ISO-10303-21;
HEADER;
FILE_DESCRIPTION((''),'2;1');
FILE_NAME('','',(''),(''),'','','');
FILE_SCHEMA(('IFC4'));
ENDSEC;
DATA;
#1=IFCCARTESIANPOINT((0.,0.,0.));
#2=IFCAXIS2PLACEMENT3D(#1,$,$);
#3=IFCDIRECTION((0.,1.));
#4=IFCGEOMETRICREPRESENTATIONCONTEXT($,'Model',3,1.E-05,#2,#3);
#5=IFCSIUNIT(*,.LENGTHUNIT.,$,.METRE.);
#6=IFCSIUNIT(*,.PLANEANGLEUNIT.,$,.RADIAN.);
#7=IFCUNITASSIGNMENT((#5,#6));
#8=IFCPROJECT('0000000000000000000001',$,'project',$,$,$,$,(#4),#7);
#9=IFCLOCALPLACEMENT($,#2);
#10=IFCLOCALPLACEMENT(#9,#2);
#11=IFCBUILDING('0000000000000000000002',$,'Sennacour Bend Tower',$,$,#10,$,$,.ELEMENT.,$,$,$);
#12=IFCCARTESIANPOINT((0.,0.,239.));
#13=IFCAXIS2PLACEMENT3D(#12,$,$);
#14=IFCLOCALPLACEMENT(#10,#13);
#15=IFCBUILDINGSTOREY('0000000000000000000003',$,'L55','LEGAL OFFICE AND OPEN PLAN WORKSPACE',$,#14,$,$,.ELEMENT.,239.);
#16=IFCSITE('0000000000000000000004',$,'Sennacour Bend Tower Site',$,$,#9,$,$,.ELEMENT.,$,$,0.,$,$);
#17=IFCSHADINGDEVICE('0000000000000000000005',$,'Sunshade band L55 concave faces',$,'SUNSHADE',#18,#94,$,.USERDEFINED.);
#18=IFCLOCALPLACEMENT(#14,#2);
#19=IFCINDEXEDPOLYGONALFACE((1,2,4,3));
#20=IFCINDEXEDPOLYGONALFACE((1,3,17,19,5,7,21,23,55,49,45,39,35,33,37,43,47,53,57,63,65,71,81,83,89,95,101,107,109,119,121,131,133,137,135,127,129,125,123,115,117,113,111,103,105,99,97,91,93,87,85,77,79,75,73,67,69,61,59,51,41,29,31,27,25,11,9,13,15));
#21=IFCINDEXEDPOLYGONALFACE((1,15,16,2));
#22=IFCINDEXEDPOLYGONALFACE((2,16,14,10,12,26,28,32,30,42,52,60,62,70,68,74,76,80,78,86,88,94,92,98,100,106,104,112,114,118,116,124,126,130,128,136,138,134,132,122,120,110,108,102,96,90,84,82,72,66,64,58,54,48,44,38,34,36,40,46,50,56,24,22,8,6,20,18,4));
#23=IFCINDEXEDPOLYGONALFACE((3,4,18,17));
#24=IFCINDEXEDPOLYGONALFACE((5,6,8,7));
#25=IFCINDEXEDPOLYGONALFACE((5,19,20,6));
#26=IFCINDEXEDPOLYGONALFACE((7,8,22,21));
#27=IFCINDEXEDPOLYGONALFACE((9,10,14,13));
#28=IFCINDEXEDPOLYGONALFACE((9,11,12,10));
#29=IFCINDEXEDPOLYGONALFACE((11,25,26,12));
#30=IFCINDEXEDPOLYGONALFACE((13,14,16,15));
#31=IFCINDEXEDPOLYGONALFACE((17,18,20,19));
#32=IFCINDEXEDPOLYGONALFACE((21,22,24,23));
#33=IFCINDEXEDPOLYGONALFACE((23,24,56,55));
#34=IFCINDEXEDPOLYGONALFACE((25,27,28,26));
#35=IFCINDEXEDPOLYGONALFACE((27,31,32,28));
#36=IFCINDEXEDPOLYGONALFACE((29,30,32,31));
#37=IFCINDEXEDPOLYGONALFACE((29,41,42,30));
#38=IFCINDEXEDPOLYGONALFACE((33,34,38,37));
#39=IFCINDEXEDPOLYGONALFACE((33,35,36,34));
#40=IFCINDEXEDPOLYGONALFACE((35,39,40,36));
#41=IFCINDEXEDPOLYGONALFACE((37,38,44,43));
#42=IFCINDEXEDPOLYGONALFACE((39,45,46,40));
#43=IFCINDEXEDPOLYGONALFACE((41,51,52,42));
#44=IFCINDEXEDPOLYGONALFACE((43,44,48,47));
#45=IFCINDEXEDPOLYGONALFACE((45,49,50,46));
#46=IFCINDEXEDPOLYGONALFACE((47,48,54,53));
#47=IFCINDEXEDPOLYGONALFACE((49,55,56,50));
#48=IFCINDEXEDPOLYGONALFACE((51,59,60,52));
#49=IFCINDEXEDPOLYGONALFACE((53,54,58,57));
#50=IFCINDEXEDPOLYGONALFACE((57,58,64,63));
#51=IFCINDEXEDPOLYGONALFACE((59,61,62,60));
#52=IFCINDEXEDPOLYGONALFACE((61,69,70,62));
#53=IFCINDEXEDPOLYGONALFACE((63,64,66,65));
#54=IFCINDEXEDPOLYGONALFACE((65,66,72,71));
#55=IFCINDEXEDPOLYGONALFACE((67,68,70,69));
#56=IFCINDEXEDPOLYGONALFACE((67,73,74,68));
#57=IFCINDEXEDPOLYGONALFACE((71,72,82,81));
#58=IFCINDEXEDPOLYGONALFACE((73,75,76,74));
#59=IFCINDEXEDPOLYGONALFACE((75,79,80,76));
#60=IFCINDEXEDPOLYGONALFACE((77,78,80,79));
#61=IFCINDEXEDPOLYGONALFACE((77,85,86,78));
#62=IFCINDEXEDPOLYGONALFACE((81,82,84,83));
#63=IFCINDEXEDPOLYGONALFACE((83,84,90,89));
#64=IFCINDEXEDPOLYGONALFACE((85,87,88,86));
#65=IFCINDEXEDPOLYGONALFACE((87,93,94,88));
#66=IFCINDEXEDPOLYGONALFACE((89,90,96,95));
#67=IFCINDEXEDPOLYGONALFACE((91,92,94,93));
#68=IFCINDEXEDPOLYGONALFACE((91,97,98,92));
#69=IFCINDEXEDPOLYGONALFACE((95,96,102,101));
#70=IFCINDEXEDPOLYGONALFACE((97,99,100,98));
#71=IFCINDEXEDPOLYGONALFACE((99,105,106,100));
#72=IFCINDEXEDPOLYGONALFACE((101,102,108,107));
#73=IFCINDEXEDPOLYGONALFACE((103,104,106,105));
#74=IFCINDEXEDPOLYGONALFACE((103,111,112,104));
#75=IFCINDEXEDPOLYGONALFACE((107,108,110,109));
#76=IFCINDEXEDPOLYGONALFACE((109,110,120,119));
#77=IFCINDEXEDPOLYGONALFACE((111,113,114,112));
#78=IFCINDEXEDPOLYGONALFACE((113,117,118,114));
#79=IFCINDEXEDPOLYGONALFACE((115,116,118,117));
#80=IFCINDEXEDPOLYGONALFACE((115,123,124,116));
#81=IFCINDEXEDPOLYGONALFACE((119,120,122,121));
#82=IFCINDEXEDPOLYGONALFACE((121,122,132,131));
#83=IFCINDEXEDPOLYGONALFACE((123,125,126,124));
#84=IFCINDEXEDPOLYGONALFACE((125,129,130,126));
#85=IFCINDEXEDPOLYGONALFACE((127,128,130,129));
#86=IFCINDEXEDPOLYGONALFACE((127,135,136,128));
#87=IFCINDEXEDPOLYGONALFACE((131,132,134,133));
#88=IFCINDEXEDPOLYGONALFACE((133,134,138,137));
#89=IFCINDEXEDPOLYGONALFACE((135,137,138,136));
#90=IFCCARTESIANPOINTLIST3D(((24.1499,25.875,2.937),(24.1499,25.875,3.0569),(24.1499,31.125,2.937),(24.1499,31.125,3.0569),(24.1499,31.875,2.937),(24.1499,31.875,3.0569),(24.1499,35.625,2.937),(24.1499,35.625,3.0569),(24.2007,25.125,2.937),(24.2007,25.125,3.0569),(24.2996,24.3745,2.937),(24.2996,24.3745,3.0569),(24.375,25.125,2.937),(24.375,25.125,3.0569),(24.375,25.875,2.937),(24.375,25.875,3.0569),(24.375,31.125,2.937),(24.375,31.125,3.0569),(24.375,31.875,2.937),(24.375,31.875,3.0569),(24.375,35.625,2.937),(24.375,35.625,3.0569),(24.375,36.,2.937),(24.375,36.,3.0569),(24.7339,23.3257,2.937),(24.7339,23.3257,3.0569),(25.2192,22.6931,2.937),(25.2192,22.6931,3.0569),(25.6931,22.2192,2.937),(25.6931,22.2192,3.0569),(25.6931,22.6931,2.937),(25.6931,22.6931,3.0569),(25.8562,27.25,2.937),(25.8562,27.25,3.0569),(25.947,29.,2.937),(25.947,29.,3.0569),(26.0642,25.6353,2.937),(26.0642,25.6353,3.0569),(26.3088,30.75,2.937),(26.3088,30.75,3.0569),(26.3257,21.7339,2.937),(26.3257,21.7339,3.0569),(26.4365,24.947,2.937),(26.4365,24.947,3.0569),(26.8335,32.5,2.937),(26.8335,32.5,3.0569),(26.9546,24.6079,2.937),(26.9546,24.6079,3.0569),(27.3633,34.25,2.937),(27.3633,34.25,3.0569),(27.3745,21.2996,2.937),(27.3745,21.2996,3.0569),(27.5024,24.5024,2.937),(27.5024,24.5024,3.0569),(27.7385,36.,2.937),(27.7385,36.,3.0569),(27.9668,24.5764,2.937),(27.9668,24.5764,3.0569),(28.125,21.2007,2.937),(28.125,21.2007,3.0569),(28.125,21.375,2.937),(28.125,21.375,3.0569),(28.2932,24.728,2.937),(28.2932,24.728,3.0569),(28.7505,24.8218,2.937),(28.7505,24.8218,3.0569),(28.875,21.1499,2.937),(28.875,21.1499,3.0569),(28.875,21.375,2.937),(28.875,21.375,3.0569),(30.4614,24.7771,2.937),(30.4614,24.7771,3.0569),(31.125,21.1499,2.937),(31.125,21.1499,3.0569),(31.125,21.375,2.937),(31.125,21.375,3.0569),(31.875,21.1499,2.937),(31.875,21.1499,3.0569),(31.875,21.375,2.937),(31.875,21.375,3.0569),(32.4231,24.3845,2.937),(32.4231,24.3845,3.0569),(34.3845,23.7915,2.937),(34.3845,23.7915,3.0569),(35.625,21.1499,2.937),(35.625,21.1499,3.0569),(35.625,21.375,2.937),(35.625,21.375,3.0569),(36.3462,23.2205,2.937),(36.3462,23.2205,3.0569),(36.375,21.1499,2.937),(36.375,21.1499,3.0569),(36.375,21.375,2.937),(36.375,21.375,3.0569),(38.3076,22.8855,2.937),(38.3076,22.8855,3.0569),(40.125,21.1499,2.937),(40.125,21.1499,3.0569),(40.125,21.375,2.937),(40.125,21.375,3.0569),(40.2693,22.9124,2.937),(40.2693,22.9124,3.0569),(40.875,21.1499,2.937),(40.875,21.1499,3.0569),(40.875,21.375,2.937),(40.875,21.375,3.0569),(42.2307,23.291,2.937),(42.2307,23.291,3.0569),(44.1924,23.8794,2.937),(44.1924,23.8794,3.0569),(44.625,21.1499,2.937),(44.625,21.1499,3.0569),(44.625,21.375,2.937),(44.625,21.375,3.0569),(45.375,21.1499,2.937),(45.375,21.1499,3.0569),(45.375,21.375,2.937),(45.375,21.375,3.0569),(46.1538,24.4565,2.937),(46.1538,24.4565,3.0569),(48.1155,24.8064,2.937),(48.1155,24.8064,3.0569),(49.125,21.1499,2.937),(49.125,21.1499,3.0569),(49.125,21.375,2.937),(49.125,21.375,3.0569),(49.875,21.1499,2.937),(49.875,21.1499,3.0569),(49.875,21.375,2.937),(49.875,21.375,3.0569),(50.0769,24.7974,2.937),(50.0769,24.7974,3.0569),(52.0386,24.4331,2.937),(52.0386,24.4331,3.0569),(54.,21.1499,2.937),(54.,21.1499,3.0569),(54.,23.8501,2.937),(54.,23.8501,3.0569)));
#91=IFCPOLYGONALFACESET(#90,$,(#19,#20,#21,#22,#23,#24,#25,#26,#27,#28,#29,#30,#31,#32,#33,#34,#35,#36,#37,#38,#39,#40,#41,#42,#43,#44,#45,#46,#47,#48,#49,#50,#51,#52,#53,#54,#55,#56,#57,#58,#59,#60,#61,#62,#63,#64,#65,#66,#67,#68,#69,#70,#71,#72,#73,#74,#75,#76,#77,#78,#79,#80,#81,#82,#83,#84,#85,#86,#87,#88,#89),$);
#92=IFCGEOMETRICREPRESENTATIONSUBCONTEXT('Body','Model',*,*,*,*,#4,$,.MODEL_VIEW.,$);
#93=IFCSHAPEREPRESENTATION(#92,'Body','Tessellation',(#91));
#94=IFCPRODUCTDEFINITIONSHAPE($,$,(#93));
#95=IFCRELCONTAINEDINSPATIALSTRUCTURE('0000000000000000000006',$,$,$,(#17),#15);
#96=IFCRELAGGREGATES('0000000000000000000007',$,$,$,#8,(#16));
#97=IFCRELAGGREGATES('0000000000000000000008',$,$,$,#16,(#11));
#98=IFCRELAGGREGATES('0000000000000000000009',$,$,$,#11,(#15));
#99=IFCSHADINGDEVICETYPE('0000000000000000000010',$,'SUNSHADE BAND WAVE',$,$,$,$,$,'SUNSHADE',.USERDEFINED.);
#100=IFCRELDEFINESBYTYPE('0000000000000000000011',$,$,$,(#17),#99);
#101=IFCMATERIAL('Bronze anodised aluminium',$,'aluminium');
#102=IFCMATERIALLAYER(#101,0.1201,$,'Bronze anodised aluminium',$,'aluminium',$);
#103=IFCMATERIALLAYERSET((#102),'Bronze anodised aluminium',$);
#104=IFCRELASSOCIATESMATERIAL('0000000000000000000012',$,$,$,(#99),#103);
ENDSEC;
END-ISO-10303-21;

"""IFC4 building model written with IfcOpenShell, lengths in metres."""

from ifc_helpers import new_model, si_unit, direction, frame, origin, place, context, subcontext, project, spatial, polyline, outline, extrude, material, layer, layer_set, type_object, element, save


model = new_model("IFC4")

# Units and contexts
model_context = context("Model", 3, precision=1e-05, world=origin(), true_north=direction((0.0, 1.0)))
body_context = subcontext(model_context, "Body", "Model", "MODEL_VIEW")
ifc_project = project(units=[si_unit("LENGTHUNIT", "METRE"), si_unit("PLANEANGLEUNIT", "RADIAN")], contexts=[model_context])

# Site, building, storey
site_placement = place(None, origin())
site = spatial("IfcSite", under=ifc_project, at=site_placement, Name="Sennacour Bend Tower Site", CompositionType="ELEMENT", RefElevation=0.0)
building_placement = place(site_placement, origin())
building = spatial("IfcBuilding", under=site, at=building_placement, Name="Sennacour Bend Tower", CompositionType="ELEMENT")
storey_placement = place(building_placement, frame((0.0, 0.0, 239.0)))
storey = spatial("IfcBuildingStorey", under=building, at=storey_placement, Name="L55", Description="LEGAL OFFICE AND OPEN PLAN WORKSPACE", CompositionType="ELEMENT", Elevation=239.0)

# Shading device
ifc_material_1 = material(Name="Bronze anodised aluminium", Category="aluminium")
ifc_layer_1 = layer(ifc_material_1, 0.1201, Name="Bronze anodised aluminium", Category="aluminium")
ifc_layer_set_1 = layer_set([ifc_layer_1], Name="Bronze anodised aluminium")
shading_device_type_1 = type_object("IfcShadingDeviceType", Name="SUNSHADE BAND WAVE", ElementType="SUNSHADE", PredefinedType="USERDEFINED", material=ifc_layer_set_1)
shading_device_1_placement = place(storey_placement, frame((0.0, 0.0, 2.937)))
element("IfcShadingDevice", 1, at=shading_device_1_placement, inside=storey, type_object=shading_device_type_1, Name="Sunshade band L55 concave faces", ObjectType="SUNSHADE", PredefinedType="USERDEFINED", context=body_context, shape_type="SweptSolid", body=[
    extrude(outline(polyline([(54.0, 21.1499), (49.875, 21.1499), (49.875, 21.375), (49.125, 21.375), (49.125, 21.1499), (45.375, 21.1499), (45.375, 21.375), (44.625, 21.375), (44.625, 21.1499), (40.875, 21.1499), (40.875, 21.375), (40.125, 21.375), (40.125, 21.1499), (36.375, 21.1499), (36.375, 21.375), (35.625, 21.375), (35.625, 21.1499), (31.875, 21.1499), (31.875, 21.375), (31.125, 21.375), (31.125, 21.1499), (28.875, 21.1499), (28.875, 21.375), (28.125, 21.375), (28.125, 21.2007), (27.3745, 21.2996), (26.3257, 21.7339), (25.6931, 22.2192), (25.6931, 22.6931), (25.2192, 22.6931), (24.7339, 23.3257), (24.2996, 24.3745), (24.2007, 25.125), (24.375, 25.125), (24.375, 25.875), (24.1499, 25.875), (24.1499, 31.125), (24.375, 31.125), (24.375, 31.875), (24.1499, 31.875), (24.1499, 35.625), (24.375, 35.625), (24.375, 36.0), (27.7385, 36.0), (27.3633, 34.25), (26.8335, 32.5), (26.3088, 30.75), (25.947, 29.0), (25.8562, 27.25), (26.0642, 25.6353), (26.4365, 24.947), (26.9546, 24.6079), (27.5024, 24.5024), (27.9668, 24.5764), (28.2932, 24.728), (28.7505, 24.8218), (30.4614, 24.7771), (32.4231, 24.3845), (34.3845, 23.7915), (36.3462, 23.2205), (38.3076, 22.8855), (40.2693, 22.9124), (42.2307, 23.291), (44.1924, 23.8794), (46.1538, 24.4565), (48.1155, 24.8064), (50.0769, 24.7974), (52.0386, 24.4331), (54.0, 23.8501), (54.0, 21.1499)])), origin(), (0.0, 0.0, 1.0), 0.1199),
])

save(model, "model.ifc")
